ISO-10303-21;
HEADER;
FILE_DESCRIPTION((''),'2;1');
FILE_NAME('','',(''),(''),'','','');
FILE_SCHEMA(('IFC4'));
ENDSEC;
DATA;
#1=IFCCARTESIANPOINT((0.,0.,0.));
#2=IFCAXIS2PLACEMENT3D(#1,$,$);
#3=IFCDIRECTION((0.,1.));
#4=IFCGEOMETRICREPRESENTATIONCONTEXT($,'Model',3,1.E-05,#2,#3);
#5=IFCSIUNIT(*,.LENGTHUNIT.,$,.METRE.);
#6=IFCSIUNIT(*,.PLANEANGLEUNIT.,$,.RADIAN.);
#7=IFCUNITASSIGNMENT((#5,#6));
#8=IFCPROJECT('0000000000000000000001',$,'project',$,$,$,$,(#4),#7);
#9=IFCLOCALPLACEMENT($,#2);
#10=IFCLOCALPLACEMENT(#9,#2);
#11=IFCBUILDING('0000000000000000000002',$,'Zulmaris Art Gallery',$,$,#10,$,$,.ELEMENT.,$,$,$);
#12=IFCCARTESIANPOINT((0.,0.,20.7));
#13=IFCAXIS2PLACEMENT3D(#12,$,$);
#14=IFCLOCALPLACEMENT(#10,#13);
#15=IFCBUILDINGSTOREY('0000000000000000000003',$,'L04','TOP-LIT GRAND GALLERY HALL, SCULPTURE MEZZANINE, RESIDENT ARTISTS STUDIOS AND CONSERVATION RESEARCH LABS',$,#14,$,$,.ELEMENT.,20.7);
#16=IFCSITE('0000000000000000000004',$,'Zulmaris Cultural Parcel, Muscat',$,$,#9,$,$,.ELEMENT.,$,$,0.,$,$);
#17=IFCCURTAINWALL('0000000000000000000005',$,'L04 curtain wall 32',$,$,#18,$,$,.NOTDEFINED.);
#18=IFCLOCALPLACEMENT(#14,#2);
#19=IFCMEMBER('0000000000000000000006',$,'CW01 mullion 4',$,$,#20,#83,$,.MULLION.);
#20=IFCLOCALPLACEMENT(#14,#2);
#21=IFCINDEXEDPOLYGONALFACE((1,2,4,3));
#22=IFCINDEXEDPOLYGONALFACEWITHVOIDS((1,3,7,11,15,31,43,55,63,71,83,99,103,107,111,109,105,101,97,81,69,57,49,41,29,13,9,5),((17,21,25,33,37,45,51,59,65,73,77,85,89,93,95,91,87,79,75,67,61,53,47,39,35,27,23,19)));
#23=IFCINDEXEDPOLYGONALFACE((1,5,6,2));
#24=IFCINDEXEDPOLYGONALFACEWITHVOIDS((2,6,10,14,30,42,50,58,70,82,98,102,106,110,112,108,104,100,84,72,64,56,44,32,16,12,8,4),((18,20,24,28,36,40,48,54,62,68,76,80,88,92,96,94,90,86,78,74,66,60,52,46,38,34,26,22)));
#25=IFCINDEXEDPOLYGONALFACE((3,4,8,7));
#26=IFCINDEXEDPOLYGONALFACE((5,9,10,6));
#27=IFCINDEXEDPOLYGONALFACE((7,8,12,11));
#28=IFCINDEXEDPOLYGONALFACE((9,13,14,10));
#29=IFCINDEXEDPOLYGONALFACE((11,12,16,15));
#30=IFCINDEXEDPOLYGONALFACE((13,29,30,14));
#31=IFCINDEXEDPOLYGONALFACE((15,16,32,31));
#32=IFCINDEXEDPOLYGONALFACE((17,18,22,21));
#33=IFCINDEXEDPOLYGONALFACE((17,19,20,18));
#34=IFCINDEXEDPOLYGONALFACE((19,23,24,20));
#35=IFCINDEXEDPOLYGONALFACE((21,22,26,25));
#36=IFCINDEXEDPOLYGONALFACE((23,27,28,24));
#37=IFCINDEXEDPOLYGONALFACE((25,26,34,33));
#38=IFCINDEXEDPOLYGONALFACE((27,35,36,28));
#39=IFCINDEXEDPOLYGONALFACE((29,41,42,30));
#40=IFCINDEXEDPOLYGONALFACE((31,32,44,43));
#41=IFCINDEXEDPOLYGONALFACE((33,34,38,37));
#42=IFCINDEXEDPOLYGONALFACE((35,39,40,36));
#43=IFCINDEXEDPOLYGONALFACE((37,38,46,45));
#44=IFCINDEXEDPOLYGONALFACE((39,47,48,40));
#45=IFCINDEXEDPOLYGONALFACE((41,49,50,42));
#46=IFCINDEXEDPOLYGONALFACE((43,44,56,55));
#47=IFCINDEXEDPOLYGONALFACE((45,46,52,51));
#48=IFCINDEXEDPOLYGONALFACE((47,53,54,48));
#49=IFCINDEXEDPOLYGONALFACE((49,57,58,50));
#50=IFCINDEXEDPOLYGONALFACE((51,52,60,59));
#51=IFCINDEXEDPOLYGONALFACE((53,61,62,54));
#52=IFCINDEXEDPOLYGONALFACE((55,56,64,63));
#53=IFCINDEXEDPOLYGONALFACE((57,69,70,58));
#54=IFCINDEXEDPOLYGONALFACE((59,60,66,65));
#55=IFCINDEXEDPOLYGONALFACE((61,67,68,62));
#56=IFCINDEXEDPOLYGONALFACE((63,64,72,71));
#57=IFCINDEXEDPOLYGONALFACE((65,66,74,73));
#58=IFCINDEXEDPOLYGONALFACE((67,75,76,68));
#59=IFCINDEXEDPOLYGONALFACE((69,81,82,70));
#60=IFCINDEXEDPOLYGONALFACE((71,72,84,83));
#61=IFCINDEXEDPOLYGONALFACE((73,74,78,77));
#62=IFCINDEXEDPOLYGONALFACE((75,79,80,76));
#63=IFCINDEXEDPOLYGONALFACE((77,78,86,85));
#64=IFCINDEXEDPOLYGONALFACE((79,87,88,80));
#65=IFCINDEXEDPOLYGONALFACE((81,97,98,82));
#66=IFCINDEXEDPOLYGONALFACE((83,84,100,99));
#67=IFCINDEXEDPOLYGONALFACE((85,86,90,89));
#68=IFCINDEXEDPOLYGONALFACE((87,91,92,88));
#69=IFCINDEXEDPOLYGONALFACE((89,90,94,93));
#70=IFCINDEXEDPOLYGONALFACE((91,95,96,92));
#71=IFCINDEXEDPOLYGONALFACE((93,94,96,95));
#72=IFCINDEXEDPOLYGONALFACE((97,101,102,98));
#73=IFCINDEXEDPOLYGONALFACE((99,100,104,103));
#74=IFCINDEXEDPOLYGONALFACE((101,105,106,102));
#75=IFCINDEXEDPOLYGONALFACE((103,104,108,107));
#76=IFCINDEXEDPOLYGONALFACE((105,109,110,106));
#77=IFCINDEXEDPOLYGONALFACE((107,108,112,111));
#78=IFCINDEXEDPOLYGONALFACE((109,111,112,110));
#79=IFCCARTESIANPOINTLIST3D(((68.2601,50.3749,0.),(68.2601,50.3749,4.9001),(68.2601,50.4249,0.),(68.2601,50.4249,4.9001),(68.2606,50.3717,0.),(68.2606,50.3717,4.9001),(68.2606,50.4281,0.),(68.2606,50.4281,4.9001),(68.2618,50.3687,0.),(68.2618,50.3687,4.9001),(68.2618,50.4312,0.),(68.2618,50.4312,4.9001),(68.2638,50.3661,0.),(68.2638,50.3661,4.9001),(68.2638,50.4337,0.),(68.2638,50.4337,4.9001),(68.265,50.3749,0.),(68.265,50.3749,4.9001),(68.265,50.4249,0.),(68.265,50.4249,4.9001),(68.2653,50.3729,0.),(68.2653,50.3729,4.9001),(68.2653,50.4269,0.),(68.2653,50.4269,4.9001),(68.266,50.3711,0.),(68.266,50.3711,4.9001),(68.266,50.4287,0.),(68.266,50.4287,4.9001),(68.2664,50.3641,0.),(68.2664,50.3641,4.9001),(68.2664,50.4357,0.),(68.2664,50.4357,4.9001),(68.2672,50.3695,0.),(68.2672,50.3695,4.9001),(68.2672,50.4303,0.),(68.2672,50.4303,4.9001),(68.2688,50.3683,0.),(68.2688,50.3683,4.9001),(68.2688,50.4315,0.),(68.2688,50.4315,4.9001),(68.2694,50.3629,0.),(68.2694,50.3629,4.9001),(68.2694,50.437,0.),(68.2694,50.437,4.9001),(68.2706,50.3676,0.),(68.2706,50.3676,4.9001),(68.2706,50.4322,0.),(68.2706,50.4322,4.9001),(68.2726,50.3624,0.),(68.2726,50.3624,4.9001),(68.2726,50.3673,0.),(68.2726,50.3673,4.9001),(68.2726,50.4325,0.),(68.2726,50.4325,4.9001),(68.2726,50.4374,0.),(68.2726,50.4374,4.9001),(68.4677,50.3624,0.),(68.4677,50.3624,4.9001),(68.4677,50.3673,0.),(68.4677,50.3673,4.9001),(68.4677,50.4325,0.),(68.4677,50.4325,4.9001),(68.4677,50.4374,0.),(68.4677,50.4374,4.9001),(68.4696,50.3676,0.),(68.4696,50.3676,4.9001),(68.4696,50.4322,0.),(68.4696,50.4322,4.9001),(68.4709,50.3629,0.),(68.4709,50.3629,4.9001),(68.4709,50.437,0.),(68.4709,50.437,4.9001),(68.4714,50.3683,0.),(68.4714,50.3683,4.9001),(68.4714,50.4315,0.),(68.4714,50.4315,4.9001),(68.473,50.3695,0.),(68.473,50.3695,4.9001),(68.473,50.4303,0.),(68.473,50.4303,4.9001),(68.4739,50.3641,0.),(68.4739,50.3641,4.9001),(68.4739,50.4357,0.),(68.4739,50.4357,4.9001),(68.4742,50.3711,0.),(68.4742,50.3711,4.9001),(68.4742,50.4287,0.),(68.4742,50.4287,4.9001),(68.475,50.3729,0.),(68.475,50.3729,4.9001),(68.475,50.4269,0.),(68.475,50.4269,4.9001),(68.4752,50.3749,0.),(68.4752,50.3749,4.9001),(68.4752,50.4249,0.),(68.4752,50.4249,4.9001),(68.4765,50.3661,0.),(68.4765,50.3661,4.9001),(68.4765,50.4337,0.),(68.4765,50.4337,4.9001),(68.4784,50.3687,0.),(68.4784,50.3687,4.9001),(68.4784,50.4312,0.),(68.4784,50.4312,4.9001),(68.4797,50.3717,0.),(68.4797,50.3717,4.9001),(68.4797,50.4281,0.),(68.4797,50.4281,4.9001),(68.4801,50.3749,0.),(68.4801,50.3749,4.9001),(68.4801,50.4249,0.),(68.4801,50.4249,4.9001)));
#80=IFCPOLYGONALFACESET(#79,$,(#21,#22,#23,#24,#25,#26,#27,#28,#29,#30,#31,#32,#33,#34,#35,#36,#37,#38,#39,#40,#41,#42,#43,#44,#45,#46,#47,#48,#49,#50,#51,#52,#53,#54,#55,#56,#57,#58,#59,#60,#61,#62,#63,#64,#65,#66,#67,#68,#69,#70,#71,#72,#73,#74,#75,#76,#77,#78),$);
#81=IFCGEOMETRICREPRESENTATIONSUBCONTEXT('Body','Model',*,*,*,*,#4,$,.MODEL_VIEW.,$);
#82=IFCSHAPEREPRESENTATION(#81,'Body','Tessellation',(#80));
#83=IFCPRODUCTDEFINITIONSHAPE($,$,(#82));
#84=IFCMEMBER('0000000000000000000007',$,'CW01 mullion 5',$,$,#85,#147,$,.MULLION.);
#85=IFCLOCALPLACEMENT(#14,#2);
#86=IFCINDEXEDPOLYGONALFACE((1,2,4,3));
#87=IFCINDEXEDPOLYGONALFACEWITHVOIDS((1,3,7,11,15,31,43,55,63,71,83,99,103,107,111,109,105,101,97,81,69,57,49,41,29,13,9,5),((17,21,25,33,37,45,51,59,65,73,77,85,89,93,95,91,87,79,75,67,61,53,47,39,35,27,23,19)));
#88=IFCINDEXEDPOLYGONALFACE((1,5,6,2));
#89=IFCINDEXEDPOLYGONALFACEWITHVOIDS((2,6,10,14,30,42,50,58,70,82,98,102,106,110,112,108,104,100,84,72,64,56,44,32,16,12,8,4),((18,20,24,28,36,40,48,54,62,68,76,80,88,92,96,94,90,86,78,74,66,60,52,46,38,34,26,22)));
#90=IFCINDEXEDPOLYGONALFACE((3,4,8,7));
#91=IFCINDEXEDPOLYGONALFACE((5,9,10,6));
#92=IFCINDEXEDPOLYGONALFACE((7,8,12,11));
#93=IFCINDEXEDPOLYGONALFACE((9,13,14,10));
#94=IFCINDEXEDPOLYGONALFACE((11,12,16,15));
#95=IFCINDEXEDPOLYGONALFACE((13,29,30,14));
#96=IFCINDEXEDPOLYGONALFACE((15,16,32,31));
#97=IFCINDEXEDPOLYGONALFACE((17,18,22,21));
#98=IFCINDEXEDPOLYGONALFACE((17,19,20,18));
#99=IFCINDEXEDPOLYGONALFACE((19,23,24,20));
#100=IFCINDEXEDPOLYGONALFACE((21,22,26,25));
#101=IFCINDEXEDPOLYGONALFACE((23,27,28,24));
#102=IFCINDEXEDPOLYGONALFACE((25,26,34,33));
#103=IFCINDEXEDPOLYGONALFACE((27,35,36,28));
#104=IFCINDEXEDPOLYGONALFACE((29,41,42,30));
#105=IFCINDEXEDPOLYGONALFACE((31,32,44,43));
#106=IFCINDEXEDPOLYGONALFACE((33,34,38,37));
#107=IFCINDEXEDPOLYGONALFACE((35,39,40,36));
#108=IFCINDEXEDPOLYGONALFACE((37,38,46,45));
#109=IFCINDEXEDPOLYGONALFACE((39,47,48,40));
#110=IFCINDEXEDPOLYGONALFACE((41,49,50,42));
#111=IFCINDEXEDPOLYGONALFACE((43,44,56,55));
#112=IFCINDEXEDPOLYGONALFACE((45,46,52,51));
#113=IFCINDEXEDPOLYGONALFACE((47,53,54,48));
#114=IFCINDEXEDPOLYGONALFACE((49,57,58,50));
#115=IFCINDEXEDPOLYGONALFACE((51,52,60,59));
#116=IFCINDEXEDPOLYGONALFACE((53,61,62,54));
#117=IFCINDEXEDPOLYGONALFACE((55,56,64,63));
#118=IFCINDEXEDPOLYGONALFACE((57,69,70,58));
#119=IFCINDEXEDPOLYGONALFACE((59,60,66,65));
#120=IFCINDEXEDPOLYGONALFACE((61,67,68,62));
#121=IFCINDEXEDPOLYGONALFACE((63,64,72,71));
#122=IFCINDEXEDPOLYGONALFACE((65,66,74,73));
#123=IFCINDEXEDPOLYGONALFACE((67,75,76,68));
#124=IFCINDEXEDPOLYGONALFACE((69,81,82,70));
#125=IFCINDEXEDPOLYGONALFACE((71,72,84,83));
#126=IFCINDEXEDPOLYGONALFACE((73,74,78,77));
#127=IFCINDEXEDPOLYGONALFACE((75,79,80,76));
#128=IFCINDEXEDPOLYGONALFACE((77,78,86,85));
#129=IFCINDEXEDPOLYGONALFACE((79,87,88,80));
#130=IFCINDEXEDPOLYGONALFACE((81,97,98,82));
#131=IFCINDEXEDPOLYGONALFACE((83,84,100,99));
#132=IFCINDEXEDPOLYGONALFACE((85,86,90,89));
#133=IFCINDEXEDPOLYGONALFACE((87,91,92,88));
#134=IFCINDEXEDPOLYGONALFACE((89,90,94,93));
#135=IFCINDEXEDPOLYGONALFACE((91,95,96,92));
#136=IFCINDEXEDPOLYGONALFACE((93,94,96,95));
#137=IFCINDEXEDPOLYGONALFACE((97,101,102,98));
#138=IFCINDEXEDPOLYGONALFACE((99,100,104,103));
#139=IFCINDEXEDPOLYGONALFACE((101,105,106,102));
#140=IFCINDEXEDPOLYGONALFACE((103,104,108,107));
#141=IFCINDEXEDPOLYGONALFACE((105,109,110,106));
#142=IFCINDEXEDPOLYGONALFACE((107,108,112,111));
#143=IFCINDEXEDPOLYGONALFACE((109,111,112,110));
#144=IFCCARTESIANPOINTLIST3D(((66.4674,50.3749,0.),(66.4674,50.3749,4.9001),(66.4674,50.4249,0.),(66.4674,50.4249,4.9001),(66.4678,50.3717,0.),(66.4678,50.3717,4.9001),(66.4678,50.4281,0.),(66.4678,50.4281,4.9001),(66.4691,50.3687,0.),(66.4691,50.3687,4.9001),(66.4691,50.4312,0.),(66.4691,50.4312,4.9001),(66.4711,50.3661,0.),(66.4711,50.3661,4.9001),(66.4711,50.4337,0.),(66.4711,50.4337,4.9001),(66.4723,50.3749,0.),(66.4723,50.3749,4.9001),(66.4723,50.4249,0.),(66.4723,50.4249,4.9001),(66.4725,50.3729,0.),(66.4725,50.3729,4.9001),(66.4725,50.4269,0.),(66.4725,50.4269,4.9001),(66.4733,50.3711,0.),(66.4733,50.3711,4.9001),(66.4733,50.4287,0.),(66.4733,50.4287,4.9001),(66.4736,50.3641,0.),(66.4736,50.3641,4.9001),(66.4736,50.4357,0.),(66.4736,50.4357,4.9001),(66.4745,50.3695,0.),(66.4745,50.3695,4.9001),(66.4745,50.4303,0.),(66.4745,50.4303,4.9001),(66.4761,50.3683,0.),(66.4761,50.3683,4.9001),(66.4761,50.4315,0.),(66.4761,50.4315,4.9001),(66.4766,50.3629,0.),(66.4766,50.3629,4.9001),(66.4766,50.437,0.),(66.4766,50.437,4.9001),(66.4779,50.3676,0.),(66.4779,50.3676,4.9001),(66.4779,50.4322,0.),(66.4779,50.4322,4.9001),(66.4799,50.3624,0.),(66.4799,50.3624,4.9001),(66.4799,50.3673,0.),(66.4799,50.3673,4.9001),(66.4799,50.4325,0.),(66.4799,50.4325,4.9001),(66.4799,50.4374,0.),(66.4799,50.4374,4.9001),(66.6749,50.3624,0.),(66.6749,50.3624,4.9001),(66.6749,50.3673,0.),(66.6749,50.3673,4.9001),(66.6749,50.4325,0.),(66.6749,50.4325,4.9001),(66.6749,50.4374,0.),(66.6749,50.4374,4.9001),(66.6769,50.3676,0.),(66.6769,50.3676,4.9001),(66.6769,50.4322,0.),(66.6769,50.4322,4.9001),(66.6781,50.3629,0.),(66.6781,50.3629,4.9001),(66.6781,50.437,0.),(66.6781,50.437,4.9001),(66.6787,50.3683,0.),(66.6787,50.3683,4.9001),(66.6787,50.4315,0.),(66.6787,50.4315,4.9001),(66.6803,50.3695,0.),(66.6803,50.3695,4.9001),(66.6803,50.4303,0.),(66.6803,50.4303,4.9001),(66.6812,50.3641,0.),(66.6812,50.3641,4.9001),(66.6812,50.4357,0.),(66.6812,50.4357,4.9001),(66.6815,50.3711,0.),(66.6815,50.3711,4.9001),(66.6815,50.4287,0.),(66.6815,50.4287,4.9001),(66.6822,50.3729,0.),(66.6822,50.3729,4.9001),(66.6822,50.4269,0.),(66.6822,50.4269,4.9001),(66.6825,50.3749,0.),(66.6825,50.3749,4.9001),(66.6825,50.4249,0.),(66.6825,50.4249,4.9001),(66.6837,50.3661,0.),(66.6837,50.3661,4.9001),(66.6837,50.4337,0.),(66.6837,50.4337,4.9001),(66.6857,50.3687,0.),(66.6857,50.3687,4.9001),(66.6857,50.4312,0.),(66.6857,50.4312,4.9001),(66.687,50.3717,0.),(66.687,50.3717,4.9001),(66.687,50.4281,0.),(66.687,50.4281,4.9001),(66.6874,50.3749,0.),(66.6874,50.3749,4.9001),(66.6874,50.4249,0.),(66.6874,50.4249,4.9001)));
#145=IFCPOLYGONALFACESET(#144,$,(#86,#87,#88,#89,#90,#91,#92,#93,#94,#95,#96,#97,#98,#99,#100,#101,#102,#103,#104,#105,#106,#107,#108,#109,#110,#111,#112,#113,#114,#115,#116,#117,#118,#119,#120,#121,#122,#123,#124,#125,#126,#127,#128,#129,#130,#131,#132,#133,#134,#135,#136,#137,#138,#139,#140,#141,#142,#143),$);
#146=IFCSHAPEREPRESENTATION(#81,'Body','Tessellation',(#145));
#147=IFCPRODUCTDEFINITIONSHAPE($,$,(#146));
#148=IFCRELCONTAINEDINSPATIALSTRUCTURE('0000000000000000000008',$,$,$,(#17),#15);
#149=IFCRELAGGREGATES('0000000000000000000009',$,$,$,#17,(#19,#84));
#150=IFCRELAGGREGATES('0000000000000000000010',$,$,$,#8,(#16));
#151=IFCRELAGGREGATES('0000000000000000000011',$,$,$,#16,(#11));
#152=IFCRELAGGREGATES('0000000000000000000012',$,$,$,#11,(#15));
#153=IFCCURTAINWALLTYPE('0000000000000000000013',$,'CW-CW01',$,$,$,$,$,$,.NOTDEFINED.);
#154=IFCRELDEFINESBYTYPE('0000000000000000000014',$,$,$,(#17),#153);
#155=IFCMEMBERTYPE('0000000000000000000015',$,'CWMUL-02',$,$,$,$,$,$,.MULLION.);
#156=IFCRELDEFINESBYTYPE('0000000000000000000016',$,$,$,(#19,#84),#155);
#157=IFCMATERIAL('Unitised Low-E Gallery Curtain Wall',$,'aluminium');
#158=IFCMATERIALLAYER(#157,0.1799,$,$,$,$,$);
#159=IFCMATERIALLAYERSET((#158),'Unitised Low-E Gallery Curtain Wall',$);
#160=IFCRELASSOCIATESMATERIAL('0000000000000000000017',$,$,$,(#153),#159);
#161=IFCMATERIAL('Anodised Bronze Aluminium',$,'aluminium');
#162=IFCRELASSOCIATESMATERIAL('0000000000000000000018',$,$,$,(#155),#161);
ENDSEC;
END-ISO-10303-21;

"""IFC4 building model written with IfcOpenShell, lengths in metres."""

from ifc_helpers import new_model, si_unit, direction, frame, origin, origin_2d, place, context, subcontext, project, spatial, hollow_rectangle, extrude, material, layer, layer_set, material_profile, profile_set, type_object, element, aggregate, save


model = new_model("IFC4")

# Units and contexts
model_context = context("Model", 3, precision=1e-05, world=origin(), true_north=direction((0.0, 1.0)))
body_context = subcontext(model_context, "Body", "Model", "MODEL_VIEW")
ifc_project = project(units=[si_unit("LENGTHUNIT", "METRE"), si_unit("PLANEANGLEUNIT", "RADIAN")], contexts=[model_context])

# Site, building, storey
site_placement = place(None, origin())
site = spatial("IfcSite", under=ifc_project, at=site_placement, Name="Zulmaris Cultural Parcel, Muscat", CompositionType="ELEMENT", RefElevation=0.0)
building_placement = place(site_placement, origin())
building = spatial("IfcBuilding", under=site, at=building_placement, Name="Zulmaris Art Gallery", CompositionType="ELEMENT")
storey_placement = place(building_placement, frame((0.0, 0.0, 20.7)))
storey = spatial("IfcBuildingStorey", under=building, at=storey_placement, Name="L04", Description="TOP-LIT GRAND GALLERY HALL, SCULPTURE MEZZANINE, RESIDENT ARTISTS STUDIOS AND CONSERVATION RESEARCH LABS", CompositionType="ELEMENT", Elevation=20.7)

# Curtain wall, members
ifc_material_1 = material(Name="Unitised Low-E Gallery Curtain Wall", Category="aluminium")
ifc_layer_1 = layer(ifc_material_1, 0.1799)
ifc_layer_set_1 = layer_set([ifc_layer_1], Name="Unitised Low-E Gallery Curtain Wall")
curtain_wall_type = type_object("IfcCurtainWallType", Name="CW-CW01", PredefinedType="NOTDEFINED", material=ifc_layer_set_1)
curtain_wall_placement = place(storey_placement, origin())
curtain_wall = element("IfcCurtainWall", 1, at=curtain_wall_placement, inside=storey, type_object=curtain_wall_type, Name="L04 curtain wall 32", PredefinedType="NOTDEFINED")
ifc_material_2 = material(Name="Anodised Bronze Aluminium", Category="aluminium")
ifc_material_profile_1 = material_profile(ifc_material_2, hollow_rectangle(XDim=0.075, YDim=0.22, WallThickness=0.0049, InnerFilletRadius=0.0076, OuterFilletRadius=0.0125, at=origin_2d()), Name="ALU 75x220x5")
ifc_profile_set_1 = profile_set([ifc_material_profile_1], Name="Anodised Bronze Aluminium")
member_type_1 = type_object("IfcMemberType", Name="CWMUL-02", PredefinedType="MULLION", material=ifc_profile_set_1)
member_1_placement = place(storey_placement, frame((68.3701, 50.3999, 0.0), z_axis=(0.0, 0.0, 1.0), x_axis=(0.0, -1.0, 0.0)))
member_1 = element("IfcMember", 2, at=member_1_placement, type_object=member_type_1, Name="CW01 mullion 4", PredefinedType="MULLION", context=body_context, shape_type="SweptSolid", body=[
    extrude(hollow_rectangle(XDim=0.075, YDim=0.22, WallThickness=0.0049, InnerFilletRadius=0.0076, OuterFilletRadius=0.0125, at=origin_2d()), origin(), (0.0, 0.0, 1.0), 4.9001),
])
member_2_placement = place(storey_placement, frame((66.5774, 50.3999, 0.0), z_axis=(0.0, 0.0, 1.0), x_axis=(0.0, -1.0, 0.0)))
member_2 = element("IfcMember", 3, at=member_2_placement, type_object=member_type_1, Name="CW01 mullion 5", PredefinedType="MULLION", context=body_context, shape_type="SweptSolid", body=[
    extrude(hollow_rectangle(XDim=0.075, YDim=0.22, WallThickness=0.0049, InnerFilletRadius=0.0076, OuterFilletRadius=0.0125, at=origin_2d()), origin(), (0.0, 0.0, 1.0), 4.9001),
])
aggregate(curtain_wall, [member_1, member_2])

save(model, "model.ifc")
